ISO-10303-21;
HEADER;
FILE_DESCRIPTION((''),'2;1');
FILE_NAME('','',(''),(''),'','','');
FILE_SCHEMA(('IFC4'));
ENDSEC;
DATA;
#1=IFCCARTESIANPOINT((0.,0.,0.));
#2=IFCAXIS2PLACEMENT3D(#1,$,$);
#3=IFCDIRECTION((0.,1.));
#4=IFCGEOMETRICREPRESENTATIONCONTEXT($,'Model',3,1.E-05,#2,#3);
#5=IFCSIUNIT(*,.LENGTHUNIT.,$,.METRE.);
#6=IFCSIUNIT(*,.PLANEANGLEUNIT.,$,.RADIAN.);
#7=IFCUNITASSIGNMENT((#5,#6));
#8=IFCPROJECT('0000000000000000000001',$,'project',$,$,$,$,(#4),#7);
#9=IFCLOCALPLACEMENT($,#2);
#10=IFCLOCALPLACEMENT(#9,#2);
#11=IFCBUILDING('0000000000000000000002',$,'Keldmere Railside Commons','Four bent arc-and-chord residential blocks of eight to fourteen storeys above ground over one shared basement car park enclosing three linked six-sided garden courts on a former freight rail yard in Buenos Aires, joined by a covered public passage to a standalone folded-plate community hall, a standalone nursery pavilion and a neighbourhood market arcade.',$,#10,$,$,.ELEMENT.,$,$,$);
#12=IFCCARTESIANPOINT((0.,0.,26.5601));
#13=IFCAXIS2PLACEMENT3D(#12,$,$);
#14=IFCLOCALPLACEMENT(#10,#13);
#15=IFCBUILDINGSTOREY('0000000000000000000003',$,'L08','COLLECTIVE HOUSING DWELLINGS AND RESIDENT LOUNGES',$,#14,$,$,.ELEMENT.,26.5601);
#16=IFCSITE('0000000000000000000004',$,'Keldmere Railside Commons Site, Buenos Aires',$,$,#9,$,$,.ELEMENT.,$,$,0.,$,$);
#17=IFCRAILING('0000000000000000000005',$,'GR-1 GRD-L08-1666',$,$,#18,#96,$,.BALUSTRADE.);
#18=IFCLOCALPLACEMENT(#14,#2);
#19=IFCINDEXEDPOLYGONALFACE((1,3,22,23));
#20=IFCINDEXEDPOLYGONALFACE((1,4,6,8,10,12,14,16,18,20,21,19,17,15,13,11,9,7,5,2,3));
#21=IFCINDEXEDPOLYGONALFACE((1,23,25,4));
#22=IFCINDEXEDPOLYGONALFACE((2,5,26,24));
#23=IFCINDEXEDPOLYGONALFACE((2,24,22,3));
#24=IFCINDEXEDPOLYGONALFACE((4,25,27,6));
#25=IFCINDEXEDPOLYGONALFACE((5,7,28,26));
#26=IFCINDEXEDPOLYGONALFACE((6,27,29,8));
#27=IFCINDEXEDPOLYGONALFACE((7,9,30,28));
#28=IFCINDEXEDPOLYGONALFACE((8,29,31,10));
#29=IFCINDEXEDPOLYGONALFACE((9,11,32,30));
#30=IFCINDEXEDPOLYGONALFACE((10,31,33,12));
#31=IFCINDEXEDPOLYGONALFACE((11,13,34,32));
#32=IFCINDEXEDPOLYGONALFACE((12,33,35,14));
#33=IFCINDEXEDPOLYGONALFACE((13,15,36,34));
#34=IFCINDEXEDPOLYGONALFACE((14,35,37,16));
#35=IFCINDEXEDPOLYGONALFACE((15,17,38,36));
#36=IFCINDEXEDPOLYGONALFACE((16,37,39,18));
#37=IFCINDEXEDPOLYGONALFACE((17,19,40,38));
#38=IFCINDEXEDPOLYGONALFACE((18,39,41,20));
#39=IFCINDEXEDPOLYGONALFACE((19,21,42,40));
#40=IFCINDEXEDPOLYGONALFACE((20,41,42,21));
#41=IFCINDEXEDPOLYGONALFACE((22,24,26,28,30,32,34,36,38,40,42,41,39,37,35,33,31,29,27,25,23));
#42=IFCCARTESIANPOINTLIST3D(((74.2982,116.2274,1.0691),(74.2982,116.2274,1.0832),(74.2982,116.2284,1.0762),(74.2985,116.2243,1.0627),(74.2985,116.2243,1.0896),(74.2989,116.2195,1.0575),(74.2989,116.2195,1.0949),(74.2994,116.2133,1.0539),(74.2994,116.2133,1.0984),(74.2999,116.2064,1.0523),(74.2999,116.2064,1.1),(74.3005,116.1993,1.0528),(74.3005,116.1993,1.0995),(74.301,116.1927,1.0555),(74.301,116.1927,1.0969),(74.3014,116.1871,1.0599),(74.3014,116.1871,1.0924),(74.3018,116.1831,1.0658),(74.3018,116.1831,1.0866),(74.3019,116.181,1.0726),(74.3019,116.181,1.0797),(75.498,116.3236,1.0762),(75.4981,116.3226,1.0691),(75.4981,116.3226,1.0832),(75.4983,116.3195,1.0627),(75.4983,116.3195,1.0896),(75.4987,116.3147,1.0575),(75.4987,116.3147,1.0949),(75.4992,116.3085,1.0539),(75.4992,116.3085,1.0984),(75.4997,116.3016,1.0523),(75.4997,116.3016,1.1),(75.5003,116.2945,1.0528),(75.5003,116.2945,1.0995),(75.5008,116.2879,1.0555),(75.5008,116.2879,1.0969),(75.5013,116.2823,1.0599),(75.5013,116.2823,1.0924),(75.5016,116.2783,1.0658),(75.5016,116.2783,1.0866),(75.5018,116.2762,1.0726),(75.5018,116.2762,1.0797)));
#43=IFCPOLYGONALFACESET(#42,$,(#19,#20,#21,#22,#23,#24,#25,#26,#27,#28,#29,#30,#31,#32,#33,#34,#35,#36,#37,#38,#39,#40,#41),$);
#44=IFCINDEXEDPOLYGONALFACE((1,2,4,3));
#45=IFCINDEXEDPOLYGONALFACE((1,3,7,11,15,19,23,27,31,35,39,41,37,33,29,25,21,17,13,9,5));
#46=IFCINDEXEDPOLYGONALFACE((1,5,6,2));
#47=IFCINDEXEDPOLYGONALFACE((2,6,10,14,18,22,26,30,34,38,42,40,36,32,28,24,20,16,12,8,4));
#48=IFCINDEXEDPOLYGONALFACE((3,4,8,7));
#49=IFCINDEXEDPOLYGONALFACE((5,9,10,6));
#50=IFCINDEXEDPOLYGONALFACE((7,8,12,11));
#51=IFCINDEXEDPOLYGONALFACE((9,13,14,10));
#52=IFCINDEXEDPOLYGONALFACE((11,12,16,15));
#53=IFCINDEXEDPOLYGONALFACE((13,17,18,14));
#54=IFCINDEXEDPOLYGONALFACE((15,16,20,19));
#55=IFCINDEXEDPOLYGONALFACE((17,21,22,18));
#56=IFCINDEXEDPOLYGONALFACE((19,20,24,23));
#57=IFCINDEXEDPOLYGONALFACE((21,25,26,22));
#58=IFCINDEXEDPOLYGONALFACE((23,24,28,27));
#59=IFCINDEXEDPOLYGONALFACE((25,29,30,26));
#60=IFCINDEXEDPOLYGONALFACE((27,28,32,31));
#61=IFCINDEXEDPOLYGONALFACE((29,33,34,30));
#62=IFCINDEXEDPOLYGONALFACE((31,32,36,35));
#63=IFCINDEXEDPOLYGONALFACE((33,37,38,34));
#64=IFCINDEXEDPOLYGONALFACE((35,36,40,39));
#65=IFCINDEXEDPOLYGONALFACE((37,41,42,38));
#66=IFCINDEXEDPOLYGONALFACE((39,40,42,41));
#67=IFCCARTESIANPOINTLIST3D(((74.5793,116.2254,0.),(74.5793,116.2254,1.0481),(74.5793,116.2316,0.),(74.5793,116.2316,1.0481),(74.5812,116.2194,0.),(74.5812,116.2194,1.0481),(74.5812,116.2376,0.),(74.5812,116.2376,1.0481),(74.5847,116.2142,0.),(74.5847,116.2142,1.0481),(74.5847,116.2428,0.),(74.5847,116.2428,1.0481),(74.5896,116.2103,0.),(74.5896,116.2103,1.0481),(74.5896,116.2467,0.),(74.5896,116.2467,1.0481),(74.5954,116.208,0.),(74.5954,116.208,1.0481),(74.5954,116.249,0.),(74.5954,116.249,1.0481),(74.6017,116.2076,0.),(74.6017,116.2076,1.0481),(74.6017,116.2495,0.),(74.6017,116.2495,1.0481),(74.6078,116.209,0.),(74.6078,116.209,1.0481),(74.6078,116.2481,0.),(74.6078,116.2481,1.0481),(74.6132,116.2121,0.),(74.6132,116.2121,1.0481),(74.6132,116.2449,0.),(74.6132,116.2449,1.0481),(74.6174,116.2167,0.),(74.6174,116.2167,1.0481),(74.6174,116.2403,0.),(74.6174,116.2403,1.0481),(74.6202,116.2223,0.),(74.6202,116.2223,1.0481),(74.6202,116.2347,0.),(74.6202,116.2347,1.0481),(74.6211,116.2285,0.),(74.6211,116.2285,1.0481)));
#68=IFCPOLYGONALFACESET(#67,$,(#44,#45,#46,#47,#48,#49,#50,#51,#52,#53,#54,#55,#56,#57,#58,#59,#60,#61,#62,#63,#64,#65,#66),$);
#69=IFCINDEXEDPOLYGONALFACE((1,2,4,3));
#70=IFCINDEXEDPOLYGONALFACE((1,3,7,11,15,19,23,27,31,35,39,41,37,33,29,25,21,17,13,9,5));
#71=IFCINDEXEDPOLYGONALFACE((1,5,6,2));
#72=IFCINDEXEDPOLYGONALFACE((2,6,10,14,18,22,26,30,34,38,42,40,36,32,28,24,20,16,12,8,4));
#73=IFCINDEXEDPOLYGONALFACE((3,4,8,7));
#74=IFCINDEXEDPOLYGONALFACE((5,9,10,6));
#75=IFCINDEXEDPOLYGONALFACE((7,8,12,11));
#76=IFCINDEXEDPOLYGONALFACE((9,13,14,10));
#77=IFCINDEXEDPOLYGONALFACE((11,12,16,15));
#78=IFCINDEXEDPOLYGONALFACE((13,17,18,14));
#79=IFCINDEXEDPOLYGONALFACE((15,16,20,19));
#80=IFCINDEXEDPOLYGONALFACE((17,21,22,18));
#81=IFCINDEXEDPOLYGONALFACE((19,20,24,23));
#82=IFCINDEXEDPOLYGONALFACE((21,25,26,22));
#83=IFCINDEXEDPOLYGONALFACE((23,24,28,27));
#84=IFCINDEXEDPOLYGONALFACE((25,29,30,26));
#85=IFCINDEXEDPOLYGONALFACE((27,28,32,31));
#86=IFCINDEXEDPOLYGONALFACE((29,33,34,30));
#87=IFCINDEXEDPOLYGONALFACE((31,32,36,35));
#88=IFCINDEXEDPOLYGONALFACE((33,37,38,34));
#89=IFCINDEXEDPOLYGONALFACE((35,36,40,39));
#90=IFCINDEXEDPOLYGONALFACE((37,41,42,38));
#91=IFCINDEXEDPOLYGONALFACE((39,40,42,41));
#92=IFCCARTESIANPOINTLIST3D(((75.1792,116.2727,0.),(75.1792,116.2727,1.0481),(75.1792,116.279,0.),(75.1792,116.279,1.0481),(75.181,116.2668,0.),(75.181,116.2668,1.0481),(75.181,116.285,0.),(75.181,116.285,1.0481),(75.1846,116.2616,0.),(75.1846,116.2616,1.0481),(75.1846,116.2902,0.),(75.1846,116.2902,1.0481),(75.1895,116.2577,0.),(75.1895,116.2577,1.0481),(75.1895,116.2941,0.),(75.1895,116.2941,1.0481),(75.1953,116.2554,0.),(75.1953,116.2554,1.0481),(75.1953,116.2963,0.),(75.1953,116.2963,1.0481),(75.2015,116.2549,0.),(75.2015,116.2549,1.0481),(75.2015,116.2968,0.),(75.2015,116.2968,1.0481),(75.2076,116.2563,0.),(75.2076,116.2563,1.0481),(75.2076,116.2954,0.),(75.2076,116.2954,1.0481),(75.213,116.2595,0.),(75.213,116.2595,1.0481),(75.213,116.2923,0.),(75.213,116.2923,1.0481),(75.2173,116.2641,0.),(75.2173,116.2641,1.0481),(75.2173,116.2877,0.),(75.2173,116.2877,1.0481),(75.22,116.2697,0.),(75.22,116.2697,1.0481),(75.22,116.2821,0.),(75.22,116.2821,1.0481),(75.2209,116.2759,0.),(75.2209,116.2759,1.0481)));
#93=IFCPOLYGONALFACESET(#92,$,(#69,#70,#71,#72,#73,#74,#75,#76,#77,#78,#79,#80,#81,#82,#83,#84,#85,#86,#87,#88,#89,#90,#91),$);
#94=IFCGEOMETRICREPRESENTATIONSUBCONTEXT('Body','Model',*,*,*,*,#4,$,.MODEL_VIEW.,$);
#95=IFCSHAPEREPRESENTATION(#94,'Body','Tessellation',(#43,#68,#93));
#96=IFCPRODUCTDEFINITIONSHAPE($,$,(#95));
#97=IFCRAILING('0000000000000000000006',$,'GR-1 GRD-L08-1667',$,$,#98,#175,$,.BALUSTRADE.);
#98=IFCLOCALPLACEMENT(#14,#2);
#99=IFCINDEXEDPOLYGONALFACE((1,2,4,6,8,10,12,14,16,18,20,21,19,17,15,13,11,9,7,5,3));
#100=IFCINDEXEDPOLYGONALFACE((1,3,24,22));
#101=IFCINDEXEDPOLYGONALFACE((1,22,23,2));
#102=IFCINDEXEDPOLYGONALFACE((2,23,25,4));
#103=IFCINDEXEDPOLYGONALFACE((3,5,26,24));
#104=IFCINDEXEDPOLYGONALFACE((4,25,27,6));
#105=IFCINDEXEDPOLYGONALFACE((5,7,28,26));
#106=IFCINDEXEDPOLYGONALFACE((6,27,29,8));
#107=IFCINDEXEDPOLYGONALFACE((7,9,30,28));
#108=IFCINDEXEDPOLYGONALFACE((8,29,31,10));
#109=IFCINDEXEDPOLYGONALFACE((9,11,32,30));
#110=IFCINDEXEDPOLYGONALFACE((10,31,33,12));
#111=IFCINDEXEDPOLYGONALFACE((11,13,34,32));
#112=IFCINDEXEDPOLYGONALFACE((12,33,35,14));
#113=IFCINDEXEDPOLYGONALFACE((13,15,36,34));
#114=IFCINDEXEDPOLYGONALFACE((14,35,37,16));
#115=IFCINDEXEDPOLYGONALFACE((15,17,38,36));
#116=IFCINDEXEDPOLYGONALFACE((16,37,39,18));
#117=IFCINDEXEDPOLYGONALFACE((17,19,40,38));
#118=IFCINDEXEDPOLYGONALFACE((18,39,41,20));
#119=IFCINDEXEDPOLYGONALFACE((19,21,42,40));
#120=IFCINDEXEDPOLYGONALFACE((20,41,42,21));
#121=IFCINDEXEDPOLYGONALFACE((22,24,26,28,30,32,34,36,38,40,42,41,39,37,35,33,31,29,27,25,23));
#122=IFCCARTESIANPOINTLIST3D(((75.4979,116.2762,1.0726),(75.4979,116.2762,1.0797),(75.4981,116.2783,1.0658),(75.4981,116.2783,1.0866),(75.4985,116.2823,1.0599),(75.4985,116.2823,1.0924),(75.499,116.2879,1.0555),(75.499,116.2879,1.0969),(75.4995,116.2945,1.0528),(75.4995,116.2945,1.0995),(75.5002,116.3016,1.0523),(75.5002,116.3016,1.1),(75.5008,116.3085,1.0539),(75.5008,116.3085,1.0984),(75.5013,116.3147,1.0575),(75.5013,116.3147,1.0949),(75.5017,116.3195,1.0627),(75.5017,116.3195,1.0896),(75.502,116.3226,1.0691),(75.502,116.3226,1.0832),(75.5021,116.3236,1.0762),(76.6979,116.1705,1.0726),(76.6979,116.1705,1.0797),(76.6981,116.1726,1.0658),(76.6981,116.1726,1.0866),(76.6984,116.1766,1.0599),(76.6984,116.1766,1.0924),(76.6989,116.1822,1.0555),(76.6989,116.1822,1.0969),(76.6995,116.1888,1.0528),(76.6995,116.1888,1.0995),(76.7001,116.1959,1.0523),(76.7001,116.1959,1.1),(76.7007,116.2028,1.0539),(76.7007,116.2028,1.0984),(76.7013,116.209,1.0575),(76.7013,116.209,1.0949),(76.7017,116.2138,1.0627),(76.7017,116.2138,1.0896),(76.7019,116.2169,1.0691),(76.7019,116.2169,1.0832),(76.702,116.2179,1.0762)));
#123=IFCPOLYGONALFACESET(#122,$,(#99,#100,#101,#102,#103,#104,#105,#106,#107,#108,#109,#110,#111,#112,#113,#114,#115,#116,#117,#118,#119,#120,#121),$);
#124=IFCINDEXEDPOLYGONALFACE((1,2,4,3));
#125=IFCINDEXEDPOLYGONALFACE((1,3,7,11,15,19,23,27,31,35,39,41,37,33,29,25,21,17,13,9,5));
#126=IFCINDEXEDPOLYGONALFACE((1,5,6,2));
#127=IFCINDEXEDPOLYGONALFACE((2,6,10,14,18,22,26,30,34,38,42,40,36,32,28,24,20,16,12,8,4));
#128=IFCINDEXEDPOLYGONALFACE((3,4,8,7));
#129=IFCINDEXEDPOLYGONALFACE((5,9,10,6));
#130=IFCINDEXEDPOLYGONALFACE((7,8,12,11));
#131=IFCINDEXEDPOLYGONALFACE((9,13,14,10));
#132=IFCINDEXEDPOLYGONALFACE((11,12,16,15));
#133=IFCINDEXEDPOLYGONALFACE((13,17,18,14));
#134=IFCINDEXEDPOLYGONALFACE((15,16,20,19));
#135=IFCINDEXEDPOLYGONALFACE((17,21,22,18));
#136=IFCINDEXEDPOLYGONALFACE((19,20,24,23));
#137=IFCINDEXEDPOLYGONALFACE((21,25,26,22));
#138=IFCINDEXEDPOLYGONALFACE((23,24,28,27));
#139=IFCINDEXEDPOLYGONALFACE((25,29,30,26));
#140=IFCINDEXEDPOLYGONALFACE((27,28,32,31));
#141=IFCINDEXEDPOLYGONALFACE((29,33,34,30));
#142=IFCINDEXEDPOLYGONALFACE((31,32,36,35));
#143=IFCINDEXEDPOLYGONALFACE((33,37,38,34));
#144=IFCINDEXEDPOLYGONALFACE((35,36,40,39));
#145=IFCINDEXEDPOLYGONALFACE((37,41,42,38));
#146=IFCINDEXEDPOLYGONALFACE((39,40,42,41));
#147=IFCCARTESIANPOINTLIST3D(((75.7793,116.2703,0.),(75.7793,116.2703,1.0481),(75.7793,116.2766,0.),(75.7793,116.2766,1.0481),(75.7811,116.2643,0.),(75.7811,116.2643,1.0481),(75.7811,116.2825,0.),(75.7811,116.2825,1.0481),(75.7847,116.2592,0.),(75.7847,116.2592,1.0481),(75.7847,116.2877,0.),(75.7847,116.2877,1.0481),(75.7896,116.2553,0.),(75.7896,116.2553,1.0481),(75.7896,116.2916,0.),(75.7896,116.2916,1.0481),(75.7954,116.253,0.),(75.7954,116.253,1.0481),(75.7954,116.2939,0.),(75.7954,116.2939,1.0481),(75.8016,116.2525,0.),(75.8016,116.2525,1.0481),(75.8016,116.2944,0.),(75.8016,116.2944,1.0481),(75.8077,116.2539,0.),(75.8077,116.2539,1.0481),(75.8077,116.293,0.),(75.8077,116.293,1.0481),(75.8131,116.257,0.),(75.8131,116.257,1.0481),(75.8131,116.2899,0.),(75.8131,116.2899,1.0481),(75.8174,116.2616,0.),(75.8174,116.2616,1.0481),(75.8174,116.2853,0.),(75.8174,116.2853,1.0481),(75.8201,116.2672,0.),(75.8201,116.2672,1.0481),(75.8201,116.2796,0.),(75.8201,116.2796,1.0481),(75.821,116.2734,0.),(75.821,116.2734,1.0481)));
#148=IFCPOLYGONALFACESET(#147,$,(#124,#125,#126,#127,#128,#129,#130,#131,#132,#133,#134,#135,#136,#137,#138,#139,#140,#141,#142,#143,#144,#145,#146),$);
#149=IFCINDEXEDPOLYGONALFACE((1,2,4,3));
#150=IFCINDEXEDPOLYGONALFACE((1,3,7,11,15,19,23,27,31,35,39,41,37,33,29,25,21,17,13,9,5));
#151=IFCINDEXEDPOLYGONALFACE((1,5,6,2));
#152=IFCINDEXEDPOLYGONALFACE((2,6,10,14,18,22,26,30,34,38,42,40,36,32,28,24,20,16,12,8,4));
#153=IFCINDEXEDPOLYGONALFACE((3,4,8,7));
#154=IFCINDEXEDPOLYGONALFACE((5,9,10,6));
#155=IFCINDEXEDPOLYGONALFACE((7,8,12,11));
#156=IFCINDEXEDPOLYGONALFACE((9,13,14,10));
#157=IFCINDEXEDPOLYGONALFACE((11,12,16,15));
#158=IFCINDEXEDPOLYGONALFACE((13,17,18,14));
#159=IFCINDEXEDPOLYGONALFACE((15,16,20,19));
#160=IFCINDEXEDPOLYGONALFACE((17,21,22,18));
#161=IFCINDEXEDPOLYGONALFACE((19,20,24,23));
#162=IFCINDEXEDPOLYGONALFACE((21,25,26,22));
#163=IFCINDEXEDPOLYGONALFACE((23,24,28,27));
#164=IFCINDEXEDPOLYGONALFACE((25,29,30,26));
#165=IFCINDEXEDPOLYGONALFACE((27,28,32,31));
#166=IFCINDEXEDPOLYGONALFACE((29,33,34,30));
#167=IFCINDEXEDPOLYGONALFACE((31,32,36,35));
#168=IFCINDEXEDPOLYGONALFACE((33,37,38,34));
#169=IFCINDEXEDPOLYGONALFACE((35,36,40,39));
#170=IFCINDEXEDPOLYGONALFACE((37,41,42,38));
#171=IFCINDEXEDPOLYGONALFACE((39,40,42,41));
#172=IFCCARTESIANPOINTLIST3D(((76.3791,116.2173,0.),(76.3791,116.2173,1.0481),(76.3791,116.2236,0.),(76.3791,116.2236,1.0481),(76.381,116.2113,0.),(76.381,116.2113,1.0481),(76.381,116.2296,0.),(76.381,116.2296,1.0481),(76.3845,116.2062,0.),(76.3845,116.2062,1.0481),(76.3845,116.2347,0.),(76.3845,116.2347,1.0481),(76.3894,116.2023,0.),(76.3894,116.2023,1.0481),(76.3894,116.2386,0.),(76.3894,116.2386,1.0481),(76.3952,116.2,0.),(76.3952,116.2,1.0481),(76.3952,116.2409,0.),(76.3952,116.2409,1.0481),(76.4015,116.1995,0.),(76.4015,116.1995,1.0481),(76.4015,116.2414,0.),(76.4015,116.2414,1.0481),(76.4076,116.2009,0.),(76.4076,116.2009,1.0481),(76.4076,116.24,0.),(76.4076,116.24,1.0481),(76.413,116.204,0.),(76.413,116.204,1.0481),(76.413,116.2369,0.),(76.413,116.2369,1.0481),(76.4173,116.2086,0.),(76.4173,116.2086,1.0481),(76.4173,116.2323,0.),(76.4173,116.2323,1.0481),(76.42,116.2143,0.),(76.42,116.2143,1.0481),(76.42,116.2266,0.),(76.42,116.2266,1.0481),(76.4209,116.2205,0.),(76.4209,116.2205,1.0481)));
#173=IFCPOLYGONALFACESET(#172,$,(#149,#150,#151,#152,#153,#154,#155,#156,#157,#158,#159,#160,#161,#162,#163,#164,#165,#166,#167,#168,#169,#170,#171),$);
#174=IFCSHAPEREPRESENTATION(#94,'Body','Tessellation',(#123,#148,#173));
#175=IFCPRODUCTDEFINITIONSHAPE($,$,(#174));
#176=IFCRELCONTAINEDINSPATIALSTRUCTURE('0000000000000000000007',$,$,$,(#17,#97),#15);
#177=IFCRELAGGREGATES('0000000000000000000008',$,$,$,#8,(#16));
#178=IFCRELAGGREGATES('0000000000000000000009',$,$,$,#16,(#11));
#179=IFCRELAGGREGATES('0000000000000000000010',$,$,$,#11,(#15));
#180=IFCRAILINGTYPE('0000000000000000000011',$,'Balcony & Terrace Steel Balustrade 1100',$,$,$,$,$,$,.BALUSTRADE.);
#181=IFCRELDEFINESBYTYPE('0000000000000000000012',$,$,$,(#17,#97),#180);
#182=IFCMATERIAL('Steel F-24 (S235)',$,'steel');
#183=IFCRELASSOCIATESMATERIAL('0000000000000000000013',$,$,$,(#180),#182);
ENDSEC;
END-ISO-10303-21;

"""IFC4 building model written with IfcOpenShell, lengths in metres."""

from ifc_helpers import new_model, si_unit, direction, frame, origin, origin_2d, place, context, subcontext, project, spatial, circle, extrude, material, type_object, element, save


model = new_model("IFC4")

# Units and contexts
model_context = context("Model", 3, precision=1e-05, world=origin(), true_north=direction((0.0, 1.0)))
body_context = subcontext(model_context, "Body", "Model", "MODEL_VIEW")
ifc_project = project(units=[si_unit("LENGTHUNIT", "METRE"), si_unit("PLANEANGLEUNIT", "RADIAN")], contexts=[model_context])

# Site, building, storey
site_placement = place(None, origin())
site = spatial("IfcSite", under=ifc_project, at=site_placement, Name="Keldmere Railside Commons Site, Buenos Aires", CompositionType="ELEMENT", RefElevation=0.0)
building_placement = place(site_placement, origin())
building = spatial("IfcBuilding", under=site, at=building_placement, Name="Keldmere Railside Commons", Description="Four bent arc-and-chord residential blocks of eight to fourteen storeys above ground over one shared basement car park enclosing three linked six-sided garden courts on a former freight rail yard in Buenos Aires, joined by a covered public passage to a standalone folded-plate community hall, a standalone nursery pavilion and a neighbourhood market arcade.", CompositionType="ELEMENT")
storey_placement = place(building_placement, frame((0.0, 0.0, 26.5601)))
storey = spatial("IfcBuildingStorey", under=building, at=storey_placement, Name="L08", Description="COLLECTIVE HOUSING DWELLINGS AND RESIDENT LOUNGES", CompositionType="ELEMENT", Elevation=26.5601)

# Railings
ifc_material_1 = material(Name="Steel F-24 (S235)", Category="steel")
railing_type = type_object("IfcRailingType", Name="Balcony & Terrace Steel Balustrade 1100", PredefinedType="BALUSTRADE", material=ifc_material_1)
railing_1_placement = place(storey_placement, frame((74.3, 116.2046, 0.0)))
element("IfcRailing", 1, at=railing_1_placement, inside=storey, type_object=railing_type, Name="GR-1 GRD-L08-1666", PredefinedType="BALUSTRADE", context=body_context, shape_type="SweptSolid", body=[
    extrude(circle(Radius=0.0239, at=origin_2d()), frame((0.0, 0.0, 1.0762), z_axis=(0.996867, 0.0791, 0.0), x_axis=(-0.0791, 0.996867, 0.0)), (0.0, 0.0, 1.0), 1.2036),
    extrude(circle(Radius=0.021, at=origin_2d()), frame((0.3, 0.0239, 0.0)), (0.0, 0.0, 1.0), 1.0481),
    extrude(circle(Radius=0.021, at=origin_2d()), frame((0.8999, 0.0713, 0.0)), (0.0, 0.0, 1.0), 1.0481),
])
railing_2_placement = place(storey_placement, frame((75.5, 116.2998, 0.0)))
element("IfcRailing", 2, at=railing_2_placement, inside=storey, type_object=railing_type, Name="GR-1 GRD-L08-1667", PredefinedType="BALUSTRADE", context=body_context, shape_type="SweptSolid", body=[
    extrude(circle(Radius=0.0239, at=origin_2d()), frame((0.0, 0.0, 1.0762), z_axis=(0.996142, -0.087758, 0.0), x_axis=(0.087758, 0.996142, 0.0)), (0.0, 0.0, 1.0), 1.2046),
    extrude(circle(Radius=0.021, at=origin_2d()), frame((0.3, -0.0264, 0.0)), (0.0, 0.0, 1.0), 1.0481),
    extrude(circle(Radius=0.021, at=origin_2d()), frame((0.8999, -0.0793, 0.0)), (0.0, 0.0, 1.0), 1.0481),
])

save(model, "model.ifc")
